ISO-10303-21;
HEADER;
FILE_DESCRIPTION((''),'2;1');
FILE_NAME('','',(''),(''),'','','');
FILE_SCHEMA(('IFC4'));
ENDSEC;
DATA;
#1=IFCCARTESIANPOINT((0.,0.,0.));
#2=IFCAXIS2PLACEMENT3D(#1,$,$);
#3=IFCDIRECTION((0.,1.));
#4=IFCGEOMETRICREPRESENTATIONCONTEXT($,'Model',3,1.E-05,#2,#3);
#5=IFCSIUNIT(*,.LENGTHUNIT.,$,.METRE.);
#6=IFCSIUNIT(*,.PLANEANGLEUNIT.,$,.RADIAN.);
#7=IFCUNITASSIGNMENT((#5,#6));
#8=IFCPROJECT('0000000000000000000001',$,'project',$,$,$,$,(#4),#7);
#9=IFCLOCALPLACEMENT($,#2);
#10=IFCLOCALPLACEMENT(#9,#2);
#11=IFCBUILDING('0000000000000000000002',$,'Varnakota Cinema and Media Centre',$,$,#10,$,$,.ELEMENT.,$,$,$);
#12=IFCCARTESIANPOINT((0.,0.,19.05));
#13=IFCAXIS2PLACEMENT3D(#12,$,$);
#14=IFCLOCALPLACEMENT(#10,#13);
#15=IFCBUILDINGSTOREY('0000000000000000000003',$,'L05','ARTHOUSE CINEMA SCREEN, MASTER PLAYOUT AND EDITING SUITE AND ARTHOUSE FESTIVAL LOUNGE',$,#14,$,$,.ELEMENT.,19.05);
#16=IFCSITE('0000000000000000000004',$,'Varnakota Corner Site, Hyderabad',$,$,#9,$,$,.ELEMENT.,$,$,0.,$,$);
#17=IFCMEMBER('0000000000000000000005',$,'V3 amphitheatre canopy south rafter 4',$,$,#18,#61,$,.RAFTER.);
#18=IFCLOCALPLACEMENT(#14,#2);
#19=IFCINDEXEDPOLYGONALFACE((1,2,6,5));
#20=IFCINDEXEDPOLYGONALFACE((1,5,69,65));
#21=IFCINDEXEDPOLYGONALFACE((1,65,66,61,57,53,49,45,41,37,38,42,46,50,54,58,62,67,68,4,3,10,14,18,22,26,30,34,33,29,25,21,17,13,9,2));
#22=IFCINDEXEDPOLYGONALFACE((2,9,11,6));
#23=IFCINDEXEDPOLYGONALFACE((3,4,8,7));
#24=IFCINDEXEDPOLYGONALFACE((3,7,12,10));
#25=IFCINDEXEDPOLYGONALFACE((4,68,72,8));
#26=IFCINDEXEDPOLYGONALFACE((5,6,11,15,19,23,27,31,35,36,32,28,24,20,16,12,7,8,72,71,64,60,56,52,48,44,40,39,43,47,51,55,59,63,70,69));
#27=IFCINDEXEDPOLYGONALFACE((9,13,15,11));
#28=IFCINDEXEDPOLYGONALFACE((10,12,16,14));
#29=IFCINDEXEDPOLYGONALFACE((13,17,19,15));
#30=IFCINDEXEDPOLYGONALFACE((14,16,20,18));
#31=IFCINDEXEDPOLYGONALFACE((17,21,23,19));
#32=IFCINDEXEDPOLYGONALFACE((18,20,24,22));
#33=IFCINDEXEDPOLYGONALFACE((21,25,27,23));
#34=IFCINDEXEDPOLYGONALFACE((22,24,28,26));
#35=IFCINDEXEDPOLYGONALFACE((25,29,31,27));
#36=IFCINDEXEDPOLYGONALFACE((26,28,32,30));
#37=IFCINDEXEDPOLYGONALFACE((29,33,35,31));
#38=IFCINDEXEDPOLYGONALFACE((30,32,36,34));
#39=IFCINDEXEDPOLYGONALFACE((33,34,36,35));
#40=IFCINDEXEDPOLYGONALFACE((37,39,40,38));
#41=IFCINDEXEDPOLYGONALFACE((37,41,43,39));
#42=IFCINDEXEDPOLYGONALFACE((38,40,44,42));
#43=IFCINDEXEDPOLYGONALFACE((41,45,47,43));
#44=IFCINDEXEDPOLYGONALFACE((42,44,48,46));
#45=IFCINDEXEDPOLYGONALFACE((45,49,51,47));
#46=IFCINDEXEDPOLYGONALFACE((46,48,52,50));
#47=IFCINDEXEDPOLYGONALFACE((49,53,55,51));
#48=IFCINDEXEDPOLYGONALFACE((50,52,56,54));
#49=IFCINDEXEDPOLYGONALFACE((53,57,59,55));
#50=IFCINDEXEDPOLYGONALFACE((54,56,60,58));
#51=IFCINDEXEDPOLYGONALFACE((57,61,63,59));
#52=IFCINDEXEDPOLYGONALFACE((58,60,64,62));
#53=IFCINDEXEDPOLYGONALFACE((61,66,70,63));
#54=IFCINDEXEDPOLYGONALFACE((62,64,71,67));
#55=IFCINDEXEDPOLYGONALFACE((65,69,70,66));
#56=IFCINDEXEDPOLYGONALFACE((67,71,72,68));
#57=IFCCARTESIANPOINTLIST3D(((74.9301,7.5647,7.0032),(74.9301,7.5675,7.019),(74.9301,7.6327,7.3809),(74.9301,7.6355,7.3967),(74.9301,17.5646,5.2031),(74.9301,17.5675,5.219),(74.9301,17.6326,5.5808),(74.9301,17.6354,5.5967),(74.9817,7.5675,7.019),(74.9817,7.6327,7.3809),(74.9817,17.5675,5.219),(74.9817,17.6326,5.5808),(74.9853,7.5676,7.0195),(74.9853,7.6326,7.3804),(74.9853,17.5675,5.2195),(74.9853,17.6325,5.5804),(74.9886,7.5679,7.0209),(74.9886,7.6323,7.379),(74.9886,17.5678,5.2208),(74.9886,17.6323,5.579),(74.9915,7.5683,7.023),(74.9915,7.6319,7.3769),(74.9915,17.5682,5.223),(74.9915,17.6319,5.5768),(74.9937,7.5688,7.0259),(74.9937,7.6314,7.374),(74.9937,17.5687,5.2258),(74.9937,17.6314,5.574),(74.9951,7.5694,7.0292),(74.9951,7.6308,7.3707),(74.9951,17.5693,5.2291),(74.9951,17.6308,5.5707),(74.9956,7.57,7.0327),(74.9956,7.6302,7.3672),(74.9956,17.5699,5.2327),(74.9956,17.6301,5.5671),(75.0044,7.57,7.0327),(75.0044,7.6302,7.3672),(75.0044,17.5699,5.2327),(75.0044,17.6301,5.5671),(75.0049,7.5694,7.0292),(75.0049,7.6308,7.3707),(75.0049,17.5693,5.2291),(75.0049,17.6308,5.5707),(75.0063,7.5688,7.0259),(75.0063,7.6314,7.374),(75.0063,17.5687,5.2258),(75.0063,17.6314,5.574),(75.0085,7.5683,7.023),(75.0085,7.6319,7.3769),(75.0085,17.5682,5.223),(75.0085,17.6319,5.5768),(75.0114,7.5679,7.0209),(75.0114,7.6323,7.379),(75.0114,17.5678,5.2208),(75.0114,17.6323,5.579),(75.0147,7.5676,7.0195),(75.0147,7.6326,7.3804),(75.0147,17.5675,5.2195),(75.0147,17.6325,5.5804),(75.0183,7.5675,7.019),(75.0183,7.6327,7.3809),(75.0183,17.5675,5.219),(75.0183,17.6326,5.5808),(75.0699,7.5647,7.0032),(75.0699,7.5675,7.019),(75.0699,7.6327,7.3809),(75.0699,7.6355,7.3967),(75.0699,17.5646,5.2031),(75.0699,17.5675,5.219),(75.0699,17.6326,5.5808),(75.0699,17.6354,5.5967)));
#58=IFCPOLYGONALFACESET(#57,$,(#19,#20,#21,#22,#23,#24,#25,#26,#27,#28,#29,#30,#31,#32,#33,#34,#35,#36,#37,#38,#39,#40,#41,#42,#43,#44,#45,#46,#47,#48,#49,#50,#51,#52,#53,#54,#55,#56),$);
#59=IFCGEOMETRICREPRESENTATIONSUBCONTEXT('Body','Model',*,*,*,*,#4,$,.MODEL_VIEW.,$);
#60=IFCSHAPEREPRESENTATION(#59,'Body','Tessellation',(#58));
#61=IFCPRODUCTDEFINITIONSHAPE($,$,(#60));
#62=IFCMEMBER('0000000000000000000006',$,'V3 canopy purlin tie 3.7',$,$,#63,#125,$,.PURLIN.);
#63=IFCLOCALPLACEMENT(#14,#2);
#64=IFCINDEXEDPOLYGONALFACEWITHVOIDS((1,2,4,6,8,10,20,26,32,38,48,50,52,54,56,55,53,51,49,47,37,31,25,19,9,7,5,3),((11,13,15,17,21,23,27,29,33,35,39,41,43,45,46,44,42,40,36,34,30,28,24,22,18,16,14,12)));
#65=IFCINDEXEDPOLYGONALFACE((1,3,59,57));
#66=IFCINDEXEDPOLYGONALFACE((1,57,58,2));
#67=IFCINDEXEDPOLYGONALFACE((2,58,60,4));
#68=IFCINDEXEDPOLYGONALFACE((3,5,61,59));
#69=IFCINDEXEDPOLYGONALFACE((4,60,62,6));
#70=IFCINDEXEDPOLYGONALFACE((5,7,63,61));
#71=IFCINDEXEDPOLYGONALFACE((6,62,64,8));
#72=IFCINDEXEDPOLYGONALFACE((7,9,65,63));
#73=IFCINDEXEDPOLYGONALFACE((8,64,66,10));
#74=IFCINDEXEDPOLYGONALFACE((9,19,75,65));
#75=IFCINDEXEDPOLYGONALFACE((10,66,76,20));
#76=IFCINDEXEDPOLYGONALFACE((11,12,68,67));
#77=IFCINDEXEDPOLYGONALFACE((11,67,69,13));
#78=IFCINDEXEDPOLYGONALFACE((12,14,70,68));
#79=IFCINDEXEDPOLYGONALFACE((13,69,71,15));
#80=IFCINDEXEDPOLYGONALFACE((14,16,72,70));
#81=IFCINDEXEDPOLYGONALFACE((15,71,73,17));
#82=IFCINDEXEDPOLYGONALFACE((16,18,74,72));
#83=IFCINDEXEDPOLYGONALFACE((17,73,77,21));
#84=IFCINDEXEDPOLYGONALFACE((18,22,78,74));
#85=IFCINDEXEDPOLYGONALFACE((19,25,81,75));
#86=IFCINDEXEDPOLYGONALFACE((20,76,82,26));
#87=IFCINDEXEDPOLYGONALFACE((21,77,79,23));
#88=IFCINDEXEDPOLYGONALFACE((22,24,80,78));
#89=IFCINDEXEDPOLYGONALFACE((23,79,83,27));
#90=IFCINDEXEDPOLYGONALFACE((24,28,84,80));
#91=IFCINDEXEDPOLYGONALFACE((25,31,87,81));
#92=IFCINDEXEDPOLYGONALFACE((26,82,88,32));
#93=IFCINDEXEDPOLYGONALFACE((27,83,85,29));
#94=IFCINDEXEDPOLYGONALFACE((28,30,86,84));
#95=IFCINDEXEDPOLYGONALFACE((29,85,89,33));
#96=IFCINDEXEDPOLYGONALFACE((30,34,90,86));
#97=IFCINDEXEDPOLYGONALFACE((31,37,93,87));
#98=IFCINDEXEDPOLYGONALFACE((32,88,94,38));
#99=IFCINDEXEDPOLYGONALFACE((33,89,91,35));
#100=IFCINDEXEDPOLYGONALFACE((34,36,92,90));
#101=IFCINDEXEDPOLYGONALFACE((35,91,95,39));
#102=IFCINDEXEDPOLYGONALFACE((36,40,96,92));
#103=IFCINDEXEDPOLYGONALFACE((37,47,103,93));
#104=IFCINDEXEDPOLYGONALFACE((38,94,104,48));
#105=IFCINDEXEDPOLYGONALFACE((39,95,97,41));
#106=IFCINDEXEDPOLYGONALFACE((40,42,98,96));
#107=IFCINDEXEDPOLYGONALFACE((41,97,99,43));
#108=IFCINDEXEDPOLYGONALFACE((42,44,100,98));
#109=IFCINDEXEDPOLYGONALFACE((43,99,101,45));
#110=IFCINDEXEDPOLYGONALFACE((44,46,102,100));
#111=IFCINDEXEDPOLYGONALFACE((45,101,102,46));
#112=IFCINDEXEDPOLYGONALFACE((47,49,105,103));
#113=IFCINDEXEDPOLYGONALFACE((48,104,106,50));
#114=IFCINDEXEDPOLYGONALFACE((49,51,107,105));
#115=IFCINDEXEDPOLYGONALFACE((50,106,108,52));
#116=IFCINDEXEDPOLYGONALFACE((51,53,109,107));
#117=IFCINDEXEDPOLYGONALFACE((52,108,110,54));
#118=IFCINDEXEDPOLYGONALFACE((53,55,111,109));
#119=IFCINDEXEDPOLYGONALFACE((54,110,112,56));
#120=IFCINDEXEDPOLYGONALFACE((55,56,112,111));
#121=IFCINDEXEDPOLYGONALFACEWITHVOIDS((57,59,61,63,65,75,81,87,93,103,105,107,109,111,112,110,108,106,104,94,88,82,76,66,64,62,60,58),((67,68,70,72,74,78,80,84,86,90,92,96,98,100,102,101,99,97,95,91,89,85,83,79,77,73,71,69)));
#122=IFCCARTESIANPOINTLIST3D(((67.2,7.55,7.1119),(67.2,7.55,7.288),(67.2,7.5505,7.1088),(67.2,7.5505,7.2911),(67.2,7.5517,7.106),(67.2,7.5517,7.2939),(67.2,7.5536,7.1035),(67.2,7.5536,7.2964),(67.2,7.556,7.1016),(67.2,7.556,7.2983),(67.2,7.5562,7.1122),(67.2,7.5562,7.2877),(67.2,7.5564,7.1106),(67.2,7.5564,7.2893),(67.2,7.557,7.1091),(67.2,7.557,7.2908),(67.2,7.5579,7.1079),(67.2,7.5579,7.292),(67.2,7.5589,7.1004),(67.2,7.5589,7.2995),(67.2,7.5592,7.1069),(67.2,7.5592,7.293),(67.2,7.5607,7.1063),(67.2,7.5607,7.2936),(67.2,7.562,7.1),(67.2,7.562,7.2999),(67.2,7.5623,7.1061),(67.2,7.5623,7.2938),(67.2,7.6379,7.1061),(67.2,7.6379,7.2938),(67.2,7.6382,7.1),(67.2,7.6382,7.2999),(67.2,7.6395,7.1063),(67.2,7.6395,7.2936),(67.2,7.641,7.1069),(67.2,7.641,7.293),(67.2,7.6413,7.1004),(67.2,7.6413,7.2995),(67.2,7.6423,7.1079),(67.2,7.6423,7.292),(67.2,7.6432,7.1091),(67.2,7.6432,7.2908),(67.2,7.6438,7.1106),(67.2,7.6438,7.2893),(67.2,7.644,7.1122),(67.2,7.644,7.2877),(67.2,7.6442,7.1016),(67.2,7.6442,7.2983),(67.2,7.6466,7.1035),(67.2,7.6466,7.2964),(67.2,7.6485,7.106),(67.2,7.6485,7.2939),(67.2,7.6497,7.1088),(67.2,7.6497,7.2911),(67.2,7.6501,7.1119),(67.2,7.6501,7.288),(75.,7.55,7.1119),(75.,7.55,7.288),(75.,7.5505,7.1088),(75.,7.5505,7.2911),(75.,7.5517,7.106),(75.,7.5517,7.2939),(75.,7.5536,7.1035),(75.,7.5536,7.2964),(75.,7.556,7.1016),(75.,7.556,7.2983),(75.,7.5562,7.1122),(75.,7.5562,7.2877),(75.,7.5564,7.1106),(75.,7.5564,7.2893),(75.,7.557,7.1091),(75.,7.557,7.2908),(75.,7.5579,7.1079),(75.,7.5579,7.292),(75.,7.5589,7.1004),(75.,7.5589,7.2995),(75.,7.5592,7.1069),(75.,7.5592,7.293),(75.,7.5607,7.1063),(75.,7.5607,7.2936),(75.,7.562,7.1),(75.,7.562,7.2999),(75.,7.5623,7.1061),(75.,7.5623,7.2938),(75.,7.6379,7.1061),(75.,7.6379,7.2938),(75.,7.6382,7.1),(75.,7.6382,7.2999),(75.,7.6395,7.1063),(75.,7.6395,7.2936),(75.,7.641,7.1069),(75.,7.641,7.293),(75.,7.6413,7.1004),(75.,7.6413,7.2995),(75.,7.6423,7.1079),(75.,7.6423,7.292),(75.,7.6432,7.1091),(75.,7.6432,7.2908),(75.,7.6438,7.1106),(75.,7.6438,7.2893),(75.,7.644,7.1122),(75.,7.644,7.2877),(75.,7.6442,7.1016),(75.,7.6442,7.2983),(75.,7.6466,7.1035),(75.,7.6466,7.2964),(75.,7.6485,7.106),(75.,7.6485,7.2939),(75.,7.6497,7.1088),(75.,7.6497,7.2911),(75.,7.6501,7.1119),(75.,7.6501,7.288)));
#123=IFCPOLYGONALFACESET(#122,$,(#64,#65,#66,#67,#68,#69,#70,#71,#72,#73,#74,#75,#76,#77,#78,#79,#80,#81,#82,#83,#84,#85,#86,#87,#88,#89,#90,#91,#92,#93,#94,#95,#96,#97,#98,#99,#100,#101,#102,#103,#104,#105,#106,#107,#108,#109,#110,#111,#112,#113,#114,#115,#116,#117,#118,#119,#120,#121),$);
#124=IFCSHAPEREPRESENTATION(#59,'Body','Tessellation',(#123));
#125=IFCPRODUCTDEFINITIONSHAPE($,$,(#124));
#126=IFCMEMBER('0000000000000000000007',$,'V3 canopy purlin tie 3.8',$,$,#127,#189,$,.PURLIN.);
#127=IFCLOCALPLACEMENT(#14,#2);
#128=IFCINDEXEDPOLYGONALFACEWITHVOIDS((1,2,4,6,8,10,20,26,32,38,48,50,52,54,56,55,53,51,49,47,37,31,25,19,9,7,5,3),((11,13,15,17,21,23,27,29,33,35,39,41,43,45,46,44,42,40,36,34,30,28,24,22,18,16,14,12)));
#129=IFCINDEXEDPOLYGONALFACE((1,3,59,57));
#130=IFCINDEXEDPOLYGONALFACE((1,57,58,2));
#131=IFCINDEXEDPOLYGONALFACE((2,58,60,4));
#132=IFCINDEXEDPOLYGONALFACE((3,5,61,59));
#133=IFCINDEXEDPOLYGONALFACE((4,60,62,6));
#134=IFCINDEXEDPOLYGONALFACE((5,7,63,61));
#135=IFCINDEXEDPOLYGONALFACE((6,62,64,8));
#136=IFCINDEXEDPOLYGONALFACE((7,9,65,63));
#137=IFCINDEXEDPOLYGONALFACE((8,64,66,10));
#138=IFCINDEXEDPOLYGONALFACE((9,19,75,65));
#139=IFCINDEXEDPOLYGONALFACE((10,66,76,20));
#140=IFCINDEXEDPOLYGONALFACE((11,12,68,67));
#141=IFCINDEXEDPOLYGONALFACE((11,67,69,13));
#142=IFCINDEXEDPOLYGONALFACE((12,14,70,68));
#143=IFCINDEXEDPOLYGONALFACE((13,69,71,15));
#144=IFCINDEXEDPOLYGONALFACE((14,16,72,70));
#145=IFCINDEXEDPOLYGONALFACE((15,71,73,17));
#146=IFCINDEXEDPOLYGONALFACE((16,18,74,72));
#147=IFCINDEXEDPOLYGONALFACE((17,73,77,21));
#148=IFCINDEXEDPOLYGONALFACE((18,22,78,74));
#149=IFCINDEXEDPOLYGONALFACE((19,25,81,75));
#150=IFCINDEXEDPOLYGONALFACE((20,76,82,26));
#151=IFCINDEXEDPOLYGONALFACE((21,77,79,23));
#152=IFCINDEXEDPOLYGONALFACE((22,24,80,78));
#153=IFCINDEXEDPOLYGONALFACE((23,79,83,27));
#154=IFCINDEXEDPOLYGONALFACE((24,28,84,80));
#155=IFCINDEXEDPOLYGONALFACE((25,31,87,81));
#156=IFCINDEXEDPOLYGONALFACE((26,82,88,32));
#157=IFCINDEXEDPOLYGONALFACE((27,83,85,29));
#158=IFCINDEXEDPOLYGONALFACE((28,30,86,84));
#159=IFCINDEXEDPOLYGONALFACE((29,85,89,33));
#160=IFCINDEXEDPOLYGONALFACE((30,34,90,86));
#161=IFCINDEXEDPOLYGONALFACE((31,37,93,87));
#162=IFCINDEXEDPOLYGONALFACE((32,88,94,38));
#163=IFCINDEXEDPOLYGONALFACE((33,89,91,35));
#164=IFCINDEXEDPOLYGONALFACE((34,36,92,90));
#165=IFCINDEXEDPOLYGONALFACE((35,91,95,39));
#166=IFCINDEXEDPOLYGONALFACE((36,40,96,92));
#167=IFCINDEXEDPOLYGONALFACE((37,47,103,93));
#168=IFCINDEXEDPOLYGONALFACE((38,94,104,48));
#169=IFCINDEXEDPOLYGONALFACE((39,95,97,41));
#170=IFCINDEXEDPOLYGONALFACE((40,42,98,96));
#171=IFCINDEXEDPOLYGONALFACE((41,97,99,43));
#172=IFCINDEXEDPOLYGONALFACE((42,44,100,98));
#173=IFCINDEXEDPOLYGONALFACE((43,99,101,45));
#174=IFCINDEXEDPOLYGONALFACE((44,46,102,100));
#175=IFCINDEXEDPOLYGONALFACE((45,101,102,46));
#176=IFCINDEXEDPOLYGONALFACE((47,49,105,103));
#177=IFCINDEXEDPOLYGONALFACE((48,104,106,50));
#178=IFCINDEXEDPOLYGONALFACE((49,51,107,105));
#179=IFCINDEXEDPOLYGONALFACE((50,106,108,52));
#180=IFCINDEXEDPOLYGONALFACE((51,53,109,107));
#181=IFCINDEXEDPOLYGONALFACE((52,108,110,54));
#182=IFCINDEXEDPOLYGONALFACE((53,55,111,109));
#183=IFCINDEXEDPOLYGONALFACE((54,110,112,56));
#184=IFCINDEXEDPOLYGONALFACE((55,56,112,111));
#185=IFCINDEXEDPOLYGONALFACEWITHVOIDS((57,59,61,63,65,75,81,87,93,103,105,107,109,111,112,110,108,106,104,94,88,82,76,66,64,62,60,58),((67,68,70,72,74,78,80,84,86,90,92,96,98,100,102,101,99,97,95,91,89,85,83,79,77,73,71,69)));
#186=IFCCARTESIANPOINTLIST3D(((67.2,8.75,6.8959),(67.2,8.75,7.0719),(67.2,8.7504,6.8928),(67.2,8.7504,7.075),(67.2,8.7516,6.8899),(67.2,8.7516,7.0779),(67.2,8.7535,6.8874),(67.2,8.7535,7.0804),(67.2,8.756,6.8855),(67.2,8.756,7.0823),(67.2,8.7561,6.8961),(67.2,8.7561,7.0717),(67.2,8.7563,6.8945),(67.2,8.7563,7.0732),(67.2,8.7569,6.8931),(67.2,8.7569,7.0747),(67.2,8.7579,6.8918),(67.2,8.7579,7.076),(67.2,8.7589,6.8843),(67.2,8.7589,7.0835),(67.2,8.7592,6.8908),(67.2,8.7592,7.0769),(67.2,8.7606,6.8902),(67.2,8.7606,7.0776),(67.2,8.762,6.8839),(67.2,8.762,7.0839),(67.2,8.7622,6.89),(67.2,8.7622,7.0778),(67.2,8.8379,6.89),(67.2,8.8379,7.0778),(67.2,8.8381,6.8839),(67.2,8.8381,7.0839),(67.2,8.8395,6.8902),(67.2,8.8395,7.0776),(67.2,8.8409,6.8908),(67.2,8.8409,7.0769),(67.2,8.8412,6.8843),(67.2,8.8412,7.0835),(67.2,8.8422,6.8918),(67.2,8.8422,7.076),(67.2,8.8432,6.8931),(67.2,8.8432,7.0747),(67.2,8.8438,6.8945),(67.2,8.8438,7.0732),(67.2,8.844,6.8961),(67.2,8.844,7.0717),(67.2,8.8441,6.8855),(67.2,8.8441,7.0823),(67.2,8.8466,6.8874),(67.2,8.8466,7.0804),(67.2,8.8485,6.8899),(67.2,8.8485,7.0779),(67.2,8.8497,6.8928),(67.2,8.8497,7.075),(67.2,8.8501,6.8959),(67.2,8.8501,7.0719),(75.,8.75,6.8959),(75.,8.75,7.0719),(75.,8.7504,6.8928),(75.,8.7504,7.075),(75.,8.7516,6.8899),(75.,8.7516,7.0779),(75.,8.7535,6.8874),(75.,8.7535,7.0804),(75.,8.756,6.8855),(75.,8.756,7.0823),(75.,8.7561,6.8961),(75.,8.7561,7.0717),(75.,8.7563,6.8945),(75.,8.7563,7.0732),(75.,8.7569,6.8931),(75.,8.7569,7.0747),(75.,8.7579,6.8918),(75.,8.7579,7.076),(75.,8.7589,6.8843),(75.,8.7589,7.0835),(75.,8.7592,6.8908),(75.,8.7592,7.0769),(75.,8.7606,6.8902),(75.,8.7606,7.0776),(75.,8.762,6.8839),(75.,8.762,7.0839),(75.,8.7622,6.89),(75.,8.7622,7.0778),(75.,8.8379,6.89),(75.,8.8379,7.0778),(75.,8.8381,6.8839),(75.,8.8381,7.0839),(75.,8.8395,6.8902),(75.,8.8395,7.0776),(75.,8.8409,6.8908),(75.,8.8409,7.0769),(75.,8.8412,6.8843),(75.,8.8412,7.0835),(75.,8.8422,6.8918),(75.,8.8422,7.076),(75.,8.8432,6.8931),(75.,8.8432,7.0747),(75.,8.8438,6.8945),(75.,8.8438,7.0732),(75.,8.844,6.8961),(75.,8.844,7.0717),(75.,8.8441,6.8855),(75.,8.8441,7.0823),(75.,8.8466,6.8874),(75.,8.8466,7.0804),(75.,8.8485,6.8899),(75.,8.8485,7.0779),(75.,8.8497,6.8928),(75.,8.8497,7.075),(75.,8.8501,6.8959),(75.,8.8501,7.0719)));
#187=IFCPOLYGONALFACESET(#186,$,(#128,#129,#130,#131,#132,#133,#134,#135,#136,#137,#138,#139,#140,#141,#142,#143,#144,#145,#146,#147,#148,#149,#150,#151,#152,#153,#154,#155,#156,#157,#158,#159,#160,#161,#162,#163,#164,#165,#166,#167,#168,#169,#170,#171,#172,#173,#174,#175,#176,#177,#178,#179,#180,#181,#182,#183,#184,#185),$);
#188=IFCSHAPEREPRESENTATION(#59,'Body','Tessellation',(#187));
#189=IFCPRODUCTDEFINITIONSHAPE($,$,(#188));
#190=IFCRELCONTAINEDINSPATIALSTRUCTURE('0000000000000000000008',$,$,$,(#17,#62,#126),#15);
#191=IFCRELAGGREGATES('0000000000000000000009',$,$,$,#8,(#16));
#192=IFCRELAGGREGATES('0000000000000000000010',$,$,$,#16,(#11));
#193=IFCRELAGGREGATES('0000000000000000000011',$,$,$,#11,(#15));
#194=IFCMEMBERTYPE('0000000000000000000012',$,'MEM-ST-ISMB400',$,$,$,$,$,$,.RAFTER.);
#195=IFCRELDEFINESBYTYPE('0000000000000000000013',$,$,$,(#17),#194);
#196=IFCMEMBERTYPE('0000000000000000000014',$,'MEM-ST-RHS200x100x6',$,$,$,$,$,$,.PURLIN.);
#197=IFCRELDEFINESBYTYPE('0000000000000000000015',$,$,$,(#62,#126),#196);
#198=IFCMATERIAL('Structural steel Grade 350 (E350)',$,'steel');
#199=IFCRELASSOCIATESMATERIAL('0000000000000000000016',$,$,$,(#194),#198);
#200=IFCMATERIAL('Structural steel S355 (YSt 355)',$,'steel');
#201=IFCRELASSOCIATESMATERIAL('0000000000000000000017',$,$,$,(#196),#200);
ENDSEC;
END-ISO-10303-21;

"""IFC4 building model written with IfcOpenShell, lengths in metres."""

from ifc_helpers import new_model, si_unit, direction, frame, origin, origin_2d, place, context, subcontext, project, spatial, hollow_rectangle, i_section, extrude, material, material_profile, profile_set, type_object, element, save


model = new_model("IFC4")

# Units and contexts
model_context = context("Model", 3, precision=1e-05, world=origin(), true_north=direction((0.0, 1.0)))
body_context = subcontext(model_context, "Body", "Model", "MODEL_VIEW")
ifc_project = project(units=[si_unit("LENGTHUNIT", "METRE"), si_unit("PLANEANGLEUNIT", "RADIAN")], contexts=[model_context])

# Site, building, storey
site_placement = place(None, origin())
site = spatial("IfcSite", under=ifc_project, at=site_placement, Name="Varnakota Corner Site, Hyderabad", CompositionType="ELEMENT", RefElevation=0.0)
building_placement = place(site_placement, origin())
building = spatial("IfcBuilding", under=site, at=building_placement, Name="Varnakota Cinema and Media Centre", CompositionType="ELEMENT")
storey_placement = place(building_placement, frame((0.0, 0.0, 19.05)))
storey = spatial("IfcBuildingStorey", under=building, at=storey_placement, Name="L05", Description="ARTHOUSE CINEMA SCREEN, MASTER PLAYOUT AND EDITING SUITE AND ARTHOUSE FESTIVAL LOUNGE", CompositionType="ELEMENT", Elevation=19.05)

# Members
ifc_material_1 = material(Name="Structural steel Grade 350 (E350)", Category="steel")
ifc_material_profile_1 = material_profile(ifc_material_1, i_section(OverallWidth=0.1399, OverallDepth=0.3999, WebThickness=0.0088, FlangeThickness=0.0161, FilletRadius=0.0139, at=origin_2d()), Name="ISMB 400")
ifc_profile_set_1 = profile_set([ifc_material_profile_1], Name="Structural steel Grade 350 (E350)")
member_type_1 = type_object("IfcMemberType", Name="MEM-ST-ISMB400", PredefinedType="RAFTER", material=ifc_profile_set_1)
member_placement = place(storey_placement, frame((75.0, 7.6001, 7.2), z_axis=(0.0, 0.984182, -0.177158), x_axis=(-1.0, 0.0, 0.0)))
element("IfcMember", 1, at=member_placement, inside=storey, type_object=member_type_1, Name="V3 amphitheatre canopy south rafter 4", PredefinedType="RAFTER", context=body_context, shape_type="SweptSolid", body=[
    extrude(i_section(OverallWidth=0.1399, OverallDepth=0.3999, WebThickness=0.0088, FlangeThickness=0.0161, FilletRadius=0.0139, at=origin_2d()), origin(), (0.0, 0.0, 1.0), 10.1606),
])
ifc_material_2 = material(Name="Structural steel S355 (YSt 355)", Category="steel")
ifc_material_profile_2 = material_profile(ifc_material_2, hollow_rectangle(XDim=0.1001, YDim=0.2, WallThickness=0.0061, InnerFilletRadius=0.0061, OuterFilletRadius=0.012, at=origin_2d()), Name="RHS 200x100x6")
ifc_profile_set_2 = profile_set([ifc_material_profile_2], Name="Structural steel S355 (YSt 355)")
member_type_2 = type_object("IfcMemberType", Name="MEM-ST-RHS200x100x6", PredefinedType="PURLIN", material=ifc_profile_set_2)
for number, where, z_axis, x_axis, name in (
    (2, (67.2, 7.6001, 7.2), (1.0, 0.0, 0.0), (0.0, 1.0, 0.0), "V3 canopy purlin tie 3.7"),
    (3, (67.2, 8.8, 6.9839), (1.0, 0.0, 0.0), (0.0, 1.0, 0.0), "V3 canopy purlin tie 3.8"),
):
    element("IfcMember", number, at=place(storey_placement, frame(where, z_axis=z_axis, x_axis=x_axis)), inside=storey, type_object=member_type_2, Name=name, PredefinedType="PURLIN", context=body_context, shape_type="SweptSolid", body=[
        extrude(hollow_rectangle(XDim=0.1001, YDim=0.2, WallThickness=0.0061, InnerFilletRadius=0.0061, OuterFilletRadius=0.012, at=origin_2d()), origin(), (0.0, 0.0, 1.0), 7.8),
    ])

save(model, "model.ifc")
